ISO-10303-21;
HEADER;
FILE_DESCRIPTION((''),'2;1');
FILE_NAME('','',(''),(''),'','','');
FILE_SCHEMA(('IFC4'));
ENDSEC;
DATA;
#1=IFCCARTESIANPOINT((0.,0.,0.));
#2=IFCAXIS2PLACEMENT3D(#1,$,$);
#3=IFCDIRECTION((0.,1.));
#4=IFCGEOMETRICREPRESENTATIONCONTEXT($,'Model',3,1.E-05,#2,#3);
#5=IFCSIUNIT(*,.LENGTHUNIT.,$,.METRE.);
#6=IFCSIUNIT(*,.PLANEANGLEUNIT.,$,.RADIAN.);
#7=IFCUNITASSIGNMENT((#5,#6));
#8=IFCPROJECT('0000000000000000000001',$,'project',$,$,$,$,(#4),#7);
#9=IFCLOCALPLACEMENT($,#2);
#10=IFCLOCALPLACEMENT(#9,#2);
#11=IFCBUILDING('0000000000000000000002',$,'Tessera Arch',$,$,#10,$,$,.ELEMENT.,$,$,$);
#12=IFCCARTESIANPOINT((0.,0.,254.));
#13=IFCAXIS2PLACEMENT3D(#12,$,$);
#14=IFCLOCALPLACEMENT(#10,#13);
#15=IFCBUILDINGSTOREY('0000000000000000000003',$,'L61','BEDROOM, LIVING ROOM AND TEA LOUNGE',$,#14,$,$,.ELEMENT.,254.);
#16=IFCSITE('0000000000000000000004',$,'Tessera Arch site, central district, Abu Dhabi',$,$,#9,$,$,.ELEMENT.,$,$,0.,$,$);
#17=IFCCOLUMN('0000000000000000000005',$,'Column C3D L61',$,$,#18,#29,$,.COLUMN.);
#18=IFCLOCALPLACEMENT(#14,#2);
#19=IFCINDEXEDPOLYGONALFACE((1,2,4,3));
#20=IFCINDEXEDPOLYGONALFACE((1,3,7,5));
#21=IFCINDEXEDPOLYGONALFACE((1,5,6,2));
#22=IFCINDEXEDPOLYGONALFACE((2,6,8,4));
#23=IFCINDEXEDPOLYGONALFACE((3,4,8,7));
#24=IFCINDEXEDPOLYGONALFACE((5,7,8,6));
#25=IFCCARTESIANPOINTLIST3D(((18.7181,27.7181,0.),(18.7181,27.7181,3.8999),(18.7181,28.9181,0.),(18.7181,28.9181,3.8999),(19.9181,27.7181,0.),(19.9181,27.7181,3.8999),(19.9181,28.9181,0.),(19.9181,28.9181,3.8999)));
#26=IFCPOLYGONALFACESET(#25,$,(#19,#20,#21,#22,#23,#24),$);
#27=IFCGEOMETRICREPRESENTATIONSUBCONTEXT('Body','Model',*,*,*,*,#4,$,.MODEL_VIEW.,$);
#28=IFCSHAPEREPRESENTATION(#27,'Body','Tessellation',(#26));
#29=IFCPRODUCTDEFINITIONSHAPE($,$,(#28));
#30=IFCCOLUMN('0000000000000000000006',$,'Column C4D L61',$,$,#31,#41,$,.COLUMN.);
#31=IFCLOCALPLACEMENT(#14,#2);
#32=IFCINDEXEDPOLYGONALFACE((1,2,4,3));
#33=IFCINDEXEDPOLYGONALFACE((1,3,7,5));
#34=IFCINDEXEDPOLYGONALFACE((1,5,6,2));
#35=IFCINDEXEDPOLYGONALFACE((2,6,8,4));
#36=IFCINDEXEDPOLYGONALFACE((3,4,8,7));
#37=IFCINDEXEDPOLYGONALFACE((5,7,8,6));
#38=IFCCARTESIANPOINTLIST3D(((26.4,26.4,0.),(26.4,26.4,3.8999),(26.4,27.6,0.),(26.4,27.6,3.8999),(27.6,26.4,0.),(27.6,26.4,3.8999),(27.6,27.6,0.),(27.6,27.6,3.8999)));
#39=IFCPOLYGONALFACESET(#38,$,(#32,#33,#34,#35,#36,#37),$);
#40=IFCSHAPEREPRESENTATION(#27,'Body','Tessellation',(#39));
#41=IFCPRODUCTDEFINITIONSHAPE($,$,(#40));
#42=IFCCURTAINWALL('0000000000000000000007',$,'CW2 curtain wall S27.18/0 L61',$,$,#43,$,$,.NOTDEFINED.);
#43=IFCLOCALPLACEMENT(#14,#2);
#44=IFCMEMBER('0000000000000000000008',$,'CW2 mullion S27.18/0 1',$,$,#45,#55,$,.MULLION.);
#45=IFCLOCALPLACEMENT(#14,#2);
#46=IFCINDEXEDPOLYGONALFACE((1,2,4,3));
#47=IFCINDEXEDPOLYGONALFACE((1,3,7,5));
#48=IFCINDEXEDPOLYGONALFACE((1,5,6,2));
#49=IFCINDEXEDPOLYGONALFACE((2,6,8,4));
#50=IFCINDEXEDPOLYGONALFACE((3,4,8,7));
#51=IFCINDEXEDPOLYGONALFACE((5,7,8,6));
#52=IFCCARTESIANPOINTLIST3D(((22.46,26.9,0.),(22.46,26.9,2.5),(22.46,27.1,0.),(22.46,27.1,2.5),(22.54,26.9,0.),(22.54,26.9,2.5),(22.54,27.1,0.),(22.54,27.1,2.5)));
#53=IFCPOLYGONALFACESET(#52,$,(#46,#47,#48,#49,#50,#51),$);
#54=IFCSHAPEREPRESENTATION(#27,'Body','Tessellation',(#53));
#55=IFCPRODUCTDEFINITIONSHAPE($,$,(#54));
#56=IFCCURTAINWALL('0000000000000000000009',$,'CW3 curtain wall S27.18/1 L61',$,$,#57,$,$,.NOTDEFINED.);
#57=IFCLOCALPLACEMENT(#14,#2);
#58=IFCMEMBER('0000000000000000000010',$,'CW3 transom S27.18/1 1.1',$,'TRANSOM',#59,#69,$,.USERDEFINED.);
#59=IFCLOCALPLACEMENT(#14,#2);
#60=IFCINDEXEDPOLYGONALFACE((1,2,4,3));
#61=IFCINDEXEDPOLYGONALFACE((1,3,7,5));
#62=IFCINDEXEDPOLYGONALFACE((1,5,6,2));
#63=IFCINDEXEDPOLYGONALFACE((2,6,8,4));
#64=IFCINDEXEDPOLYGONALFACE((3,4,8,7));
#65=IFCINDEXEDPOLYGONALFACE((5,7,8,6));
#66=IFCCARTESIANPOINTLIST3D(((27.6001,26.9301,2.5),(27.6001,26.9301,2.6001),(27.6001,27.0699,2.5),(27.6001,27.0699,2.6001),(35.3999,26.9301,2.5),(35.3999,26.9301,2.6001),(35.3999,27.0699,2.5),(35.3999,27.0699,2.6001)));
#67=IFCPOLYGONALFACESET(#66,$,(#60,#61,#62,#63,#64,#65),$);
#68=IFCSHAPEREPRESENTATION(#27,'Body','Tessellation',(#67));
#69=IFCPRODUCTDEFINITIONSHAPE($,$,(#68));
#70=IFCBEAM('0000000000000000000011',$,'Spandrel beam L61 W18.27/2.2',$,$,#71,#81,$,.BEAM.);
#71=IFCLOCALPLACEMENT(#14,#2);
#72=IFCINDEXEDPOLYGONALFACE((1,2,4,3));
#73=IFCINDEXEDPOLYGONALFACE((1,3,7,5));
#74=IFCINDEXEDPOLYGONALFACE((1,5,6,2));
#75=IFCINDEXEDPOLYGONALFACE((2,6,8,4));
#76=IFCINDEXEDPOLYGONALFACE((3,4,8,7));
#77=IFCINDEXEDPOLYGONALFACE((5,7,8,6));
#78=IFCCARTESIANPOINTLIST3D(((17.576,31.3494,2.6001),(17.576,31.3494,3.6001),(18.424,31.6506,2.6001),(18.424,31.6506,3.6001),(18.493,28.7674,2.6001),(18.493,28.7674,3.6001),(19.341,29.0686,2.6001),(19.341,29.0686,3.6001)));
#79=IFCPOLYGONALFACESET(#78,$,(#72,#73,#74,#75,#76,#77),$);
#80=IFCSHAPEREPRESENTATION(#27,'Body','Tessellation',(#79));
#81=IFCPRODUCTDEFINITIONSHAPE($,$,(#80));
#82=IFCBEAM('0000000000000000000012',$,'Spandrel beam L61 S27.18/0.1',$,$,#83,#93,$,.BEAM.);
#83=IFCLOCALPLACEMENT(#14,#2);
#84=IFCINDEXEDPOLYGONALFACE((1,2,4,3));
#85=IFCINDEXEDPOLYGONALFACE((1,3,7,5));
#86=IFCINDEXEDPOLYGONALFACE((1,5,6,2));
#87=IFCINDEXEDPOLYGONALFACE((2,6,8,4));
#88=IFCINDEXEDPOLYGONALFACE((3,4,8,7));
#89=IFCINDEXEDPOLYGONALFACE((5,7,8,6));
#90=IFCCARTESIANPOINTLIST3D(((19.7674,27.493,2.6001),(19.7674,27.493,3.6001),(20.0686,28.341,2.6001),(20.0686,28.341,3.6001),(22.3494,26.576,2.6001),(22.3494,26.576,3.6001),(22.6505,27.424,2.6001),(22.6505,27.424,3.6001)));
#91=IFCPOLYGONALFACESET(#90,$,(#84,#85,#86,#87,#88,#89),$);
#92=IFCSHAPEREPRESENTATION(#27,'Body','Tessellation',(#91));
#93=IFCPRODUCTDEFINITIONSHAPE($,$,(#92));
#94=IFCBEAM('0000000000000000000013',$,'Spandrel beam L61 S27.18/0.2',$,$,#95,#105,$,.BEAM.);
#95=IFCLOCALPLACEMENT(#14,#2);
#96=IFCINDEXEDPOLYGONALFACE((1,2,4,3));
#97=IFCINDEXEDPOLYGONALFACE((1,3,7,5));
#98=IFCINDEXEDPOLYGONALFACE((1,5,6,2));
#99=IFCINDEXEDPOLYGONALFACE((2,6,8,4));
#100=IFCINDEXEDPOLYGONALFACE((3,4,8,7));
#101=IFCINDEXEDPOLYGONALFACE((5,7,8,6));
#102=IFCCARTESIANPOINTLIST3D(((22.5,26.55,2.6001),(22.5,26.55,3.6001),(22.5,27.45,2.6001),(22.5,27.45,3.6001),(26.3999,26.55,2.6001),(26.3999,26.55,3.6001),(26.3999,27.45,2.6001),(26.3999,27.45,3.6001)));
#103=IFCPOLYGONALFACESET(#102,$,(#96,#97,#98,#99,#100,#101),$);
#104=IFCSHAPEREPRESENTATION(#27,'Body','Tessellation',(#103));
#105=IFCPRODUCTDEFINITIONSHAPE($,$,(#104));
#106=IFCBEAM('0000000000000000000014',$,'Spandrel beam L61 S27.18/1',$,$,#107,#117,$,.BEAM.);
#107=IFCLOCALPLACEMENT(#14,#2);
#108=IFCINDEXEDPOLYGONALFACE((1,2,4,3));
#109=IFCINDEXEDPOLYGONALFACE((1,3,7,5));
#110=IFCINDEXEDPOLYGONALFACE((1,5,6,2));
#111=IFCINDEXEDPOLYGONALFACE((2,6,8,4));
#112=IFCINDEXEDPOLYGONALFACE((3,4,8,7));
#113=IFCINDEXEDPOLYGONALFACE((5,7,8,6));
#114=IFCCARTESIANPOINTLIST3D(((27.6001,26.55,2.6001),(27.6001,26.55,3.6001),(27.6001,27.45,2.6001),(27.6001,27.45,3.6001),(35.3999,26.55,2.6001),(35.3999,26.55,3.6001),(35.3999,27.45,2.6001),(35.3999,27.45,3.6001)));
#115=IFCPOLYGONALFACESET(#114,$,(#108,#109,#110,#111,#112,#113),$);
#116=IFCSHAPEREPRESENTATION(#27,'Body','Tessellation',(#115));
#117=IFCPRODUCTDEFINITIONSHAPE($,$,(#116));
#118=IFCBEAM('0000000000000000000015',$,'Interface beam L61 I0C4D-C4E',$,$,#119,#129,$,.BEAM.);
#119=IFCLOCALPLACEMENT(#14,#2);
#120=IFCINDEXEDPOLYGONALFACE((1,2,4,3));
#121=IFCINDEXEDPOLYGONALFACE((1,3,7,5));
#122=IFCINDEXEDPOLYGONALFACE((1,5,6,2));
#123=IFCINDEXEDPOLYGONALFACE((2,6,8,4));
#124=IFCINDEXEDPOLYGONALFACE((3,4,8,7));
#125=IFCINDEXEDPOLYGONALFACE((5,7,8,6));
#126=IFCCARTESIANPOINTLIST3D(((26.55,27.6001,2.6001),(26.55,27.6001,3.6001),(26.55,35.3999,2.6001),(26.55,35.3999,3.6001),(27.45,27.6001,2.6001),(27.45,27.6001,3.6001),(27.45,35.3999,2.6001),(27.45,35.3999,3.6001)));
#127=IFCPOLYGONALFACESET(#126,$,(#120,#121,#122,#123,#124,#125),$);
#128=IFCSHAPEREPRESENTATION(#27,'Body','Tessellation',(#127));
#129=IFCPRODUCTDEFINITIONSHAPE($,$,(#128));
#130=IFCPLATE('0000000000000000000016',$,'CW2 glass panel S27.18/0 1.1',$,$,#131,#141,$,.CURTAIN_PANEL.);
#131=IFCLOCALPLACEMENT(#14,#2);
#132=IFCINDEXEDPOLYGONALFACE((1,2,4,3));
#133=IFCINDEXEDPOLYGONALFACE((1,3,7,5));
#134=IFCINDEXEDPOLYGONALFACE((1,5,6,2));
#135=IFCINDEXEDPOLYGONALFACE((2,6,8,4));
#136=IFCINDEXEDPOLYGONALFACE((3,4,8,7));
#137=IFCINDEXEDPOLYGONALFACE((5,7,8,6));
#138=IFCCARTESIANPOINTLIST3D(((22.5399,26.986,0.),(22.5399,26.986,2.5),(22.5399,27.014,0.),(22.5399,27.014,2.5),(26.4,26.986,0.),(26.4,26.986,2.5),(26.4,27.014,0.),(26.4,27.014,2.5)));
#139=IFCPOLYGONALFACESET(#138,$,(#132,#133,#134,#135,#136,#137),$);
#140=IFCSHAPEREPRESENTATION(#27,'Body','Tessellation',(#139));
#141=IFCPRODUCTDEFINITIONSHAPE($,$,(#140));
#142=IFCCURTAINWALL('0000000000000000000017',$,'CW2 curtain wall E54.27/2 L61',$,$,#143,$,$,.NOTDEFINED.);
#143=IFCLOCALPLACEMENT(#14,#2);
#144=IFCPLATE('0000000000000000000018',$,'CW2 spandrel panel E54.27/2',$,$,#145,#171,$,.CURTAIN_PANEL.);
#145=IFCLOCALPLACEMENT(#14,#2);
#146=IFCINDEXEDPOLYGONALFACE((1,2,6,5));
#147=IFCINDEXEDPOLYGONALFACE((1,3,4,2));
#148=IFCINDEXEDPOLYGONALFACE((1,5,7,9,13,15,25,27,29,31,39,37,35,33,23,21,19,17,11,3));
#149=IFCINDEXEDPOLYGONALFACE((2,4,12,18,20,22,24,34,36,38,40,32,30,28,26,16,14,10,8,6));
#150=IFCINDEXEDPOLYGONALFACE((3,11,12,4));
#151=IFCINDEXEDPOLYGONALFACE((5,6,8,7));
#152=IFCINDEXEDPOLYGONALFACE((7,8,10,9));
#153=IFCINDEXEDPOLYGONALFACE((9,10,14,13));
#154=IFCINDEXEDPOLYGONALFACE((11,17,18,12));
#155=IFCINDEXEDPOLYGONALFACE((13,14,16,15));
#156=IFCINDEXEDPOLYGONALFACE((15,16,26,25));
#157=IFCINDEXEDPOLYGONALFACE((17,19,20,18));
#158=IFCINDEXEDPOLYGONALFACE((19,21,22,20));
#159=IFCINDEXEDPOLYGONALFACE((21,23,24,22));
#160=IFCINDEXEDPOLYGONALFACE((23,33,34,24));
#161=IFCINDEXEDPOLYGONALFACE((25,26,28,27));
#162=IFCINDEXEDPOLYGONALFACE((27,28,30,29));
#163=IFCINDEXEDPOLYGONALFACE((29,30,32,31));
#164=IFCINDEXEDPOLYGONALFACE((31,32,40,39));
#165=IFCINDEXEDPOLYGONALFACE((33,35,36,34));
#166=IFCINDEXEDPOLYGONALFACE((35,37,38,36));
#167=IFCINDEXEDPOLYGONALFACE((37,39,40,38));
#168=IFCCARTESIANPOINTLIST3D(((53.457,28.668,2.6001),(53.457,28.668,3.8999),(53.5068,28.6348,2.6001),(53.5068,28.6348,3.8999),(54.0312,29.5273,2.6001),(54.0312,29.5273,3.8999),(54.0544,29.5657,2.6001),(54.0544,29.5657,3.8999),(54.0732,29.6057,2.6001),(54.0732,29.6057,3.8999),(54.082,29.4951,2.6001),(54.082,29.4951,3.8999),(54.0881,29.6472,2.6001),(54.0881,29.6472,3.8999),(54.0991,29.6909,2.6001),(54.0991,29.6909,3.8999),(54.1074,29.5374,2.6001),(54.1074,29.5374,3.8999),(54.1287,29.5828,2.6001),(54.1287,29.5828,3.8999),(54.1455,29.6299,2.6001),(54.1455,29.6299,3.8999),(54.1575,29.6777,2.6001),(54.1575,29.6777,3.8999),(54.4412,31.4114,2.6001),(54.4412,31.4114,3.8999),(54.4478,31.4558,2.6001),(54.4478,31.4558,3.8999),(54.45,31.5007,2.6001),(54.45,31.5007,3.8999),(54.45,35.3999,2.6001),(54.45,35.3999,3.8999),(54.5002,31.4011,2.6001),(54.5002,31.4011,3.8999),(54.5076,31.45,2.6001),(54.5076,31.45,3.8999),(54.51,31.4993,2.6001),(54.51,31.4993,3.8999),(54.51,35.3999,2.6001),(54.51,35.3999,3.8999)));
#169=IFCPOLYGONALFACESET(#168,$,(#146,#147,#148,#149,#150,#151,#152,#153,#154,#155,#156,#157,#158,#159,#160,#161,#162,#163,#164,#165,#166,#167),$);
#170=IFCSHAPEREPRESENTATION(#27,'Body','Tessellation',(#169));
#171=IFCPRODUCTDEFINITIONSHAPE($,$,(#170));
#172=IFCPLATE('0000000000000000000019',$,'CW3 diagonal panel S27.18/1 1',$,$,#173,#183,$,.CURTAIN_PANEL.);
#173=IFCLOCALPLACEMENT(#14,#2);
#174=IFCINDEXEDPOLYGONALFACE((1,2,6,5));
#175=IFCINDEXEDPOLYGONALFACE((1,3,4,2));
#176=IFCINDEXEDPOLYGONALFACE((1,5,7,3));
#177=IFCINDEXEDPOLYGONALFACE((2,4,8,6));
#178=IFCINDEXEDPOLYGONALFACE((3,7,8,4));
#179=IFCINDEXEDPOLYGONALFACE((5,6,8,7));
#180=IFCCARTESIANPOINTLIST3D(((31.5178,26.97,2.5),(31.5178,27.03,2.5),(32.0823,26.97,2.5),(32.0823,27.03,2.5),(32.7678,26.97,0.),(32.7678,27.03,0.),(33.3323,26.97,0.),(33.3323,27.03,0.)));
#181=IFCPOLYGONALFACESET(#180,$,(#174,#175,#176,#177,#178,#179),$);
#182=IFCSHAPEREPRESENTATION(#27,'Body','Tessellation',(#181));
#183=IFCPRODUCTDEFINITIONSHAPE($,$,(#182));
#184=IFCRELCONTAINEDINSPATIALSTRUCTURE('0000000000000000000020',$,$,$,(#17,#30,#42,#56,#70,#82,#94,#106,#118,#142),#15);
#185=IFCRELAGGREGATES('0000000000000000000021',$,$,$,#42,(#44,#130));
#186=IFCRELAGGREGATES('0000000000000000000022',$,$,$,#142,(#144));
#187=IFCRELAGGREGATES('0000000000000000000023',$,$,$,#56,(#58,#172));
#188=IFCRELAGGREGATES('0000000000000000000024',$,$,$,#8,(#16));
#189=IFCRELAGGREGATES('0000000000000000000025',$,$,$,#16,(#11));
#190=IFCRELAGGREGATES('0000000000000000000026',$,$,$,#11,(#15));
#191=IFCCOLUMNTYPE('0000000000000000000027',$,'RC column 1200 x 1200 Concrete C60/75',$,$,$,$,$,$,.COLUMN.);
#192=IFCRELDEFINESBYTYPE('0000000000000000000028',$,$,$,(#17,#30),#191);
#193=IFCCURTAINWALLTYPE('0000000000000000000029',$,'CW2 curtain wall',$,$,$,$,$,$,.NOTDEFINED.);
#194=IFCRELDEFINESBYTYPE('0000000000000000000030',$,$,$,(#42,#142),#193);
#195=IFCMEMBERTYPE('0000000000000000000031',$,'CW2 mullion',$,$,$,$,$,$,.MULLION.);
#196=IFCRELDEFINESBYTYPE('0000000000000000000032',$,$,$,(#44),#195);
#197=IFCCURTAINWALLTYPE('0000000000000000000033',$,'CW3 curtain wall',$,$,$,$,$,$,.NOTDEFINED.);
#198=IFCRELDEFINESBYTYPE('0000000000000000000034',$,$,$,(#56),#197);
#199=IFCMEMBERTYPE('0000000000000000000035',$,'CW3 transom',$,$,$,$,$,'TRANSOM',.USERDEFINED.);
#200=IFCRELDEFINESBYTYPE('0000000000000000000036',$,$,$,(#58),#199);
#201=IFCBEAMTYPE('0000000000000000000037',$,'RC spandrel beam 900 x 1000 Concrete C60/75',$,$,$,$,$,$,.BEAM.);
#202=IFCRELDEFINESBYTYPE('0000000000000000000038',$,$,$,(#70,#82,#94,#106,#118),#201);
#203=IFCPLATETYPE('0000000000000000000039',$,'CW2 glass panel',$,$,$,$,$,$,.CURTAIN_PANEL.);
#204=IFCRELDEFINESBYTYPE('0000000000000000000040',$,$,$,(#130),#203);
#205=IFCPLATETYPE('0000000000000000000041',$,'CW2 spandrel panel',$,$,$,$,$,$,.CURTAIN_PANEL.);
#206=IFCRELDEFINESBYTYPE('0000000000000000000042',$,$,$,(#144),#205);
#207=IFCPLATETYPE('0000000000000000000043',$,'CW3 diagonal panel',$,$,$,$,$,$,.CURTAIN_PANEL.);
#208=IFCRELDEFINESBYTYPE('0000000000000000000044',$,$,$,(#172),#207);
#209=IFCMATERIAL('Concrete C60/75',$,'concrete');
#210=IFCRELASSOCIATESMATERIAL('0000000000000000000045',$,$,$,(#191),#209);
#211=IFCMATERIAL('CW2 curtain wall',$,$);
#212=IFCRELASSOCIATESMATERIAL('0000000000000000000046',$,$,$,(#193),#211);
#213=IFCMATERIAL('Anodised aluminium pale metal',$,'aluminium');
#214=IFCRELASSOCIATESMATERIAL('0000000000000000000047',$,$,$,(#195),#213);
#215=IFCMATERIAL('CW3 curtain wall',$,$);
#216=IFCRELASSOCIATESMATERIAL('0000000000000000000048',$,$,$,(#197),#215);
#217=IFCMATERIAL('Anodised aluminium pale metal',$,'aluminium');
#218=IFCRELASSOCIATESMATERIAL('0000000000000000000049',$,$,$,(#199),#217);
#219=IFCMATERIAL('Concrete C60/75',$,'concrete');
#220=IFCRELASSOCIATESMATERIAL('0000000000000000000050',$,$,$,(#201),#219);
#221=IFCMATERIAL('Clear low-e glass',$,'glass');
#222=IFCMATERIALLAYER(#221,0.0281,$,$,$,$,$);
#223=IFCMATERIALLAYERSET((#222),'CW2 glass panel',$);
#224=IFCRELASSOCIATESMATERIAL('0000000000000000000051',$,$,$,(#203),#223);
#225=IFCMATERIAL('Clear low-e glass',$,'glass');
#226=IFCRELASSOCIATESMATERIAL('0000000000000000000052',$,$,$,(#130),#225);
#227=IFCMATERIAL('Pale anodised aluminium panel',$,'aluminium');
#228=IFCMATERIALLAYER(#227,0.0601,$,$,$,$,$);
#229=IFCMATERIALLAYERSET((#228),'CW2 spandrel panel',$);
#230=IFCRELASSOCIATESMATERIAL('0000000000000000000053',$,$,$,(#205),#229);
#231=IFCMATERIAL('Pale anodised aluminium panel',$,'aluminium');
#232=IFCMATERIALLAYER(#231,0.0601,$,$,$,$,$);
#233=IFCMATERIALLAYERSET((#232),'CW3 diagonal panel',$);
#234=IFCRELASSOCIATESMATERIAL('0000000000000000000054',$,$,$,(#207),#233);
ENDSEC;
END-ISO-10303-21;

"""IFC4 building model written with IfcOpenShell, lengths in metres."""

from ifc_helpers import new_model, si_unit, direction, frame, origin, origin_2d, place, context, subcontext, project, spatial, polyline, rectangle, outline, extrude, material, layer, layer_set, material_profile, profile_set, type_object, element, aggregate, save


model = new_model("IFC4")

# Units and contexts
model_context = context("Model", 3, precision=1e-05, world=origin(), true_north=direction((0.0, 1.0)))
body_context = subcontext(model_context, "Body", "Model", "MODEL_VIEW")
ifc_project = project(units=[si_unit("LENGTHUNIT", "METRE"), si_unit("PLANEANGLEUNIT", "RADIAN")], contexts=[model_context])

# Site, building, storey
site_placement = place(None, origin())
site = spatial("IfcSite", under=ifc_project, at=site_placement, Name="Tessera Arch site, central district, Abu Dhabi", CompositionType="ELEMENT", RefElevation=0.0)
building_placement = place(site_placement, origin())
building = spatial("IfcBuilding", under=site, at=building_placement, Name="Tessera Arch", CompositionType="ELEMENT")
storey_placement = place(building_placement, frame((0.0, 0.0, 254.0)))
storey = spatial("IfcBuildingStorey", under=building, at=storey_placement, Name="L61", Description="BEDROOM, LIVING ROOM AND TEA LOUNGE", CompositionType="ELEMENT", Elevation=254.0)

# Columns
ifc_material_1 = material(Name="Concrete C60/75", Category="concrete")
ifc_material_profile_1 = material_profile(ifc_material_1, rectangle(XDim=1.2, YDim=1.2, at=origin_2d()), Name="RC column 1200 x 1200 Concrete C60/75")
ifc_profile_set_1 = profile_set([ifc_material_profile_1], Name="Concrete C60/75")
column_type = type_object("IfcColumnType", Name="RC column 1200 x 1200 Concrete C60/75", PredefinedType="COLUMN", material=ifc_profile_set_1)
for number, where, z_axis, x_axis, name in (
    (1, (19.3181, 28.3181, 0.0), (0.0, 0.0, 1.0), (1.0, 0.0, 0.0), "Column C3D L61"),
    (2, (27.0, 27.0, 0.0), (0.0, 0.0, 1.0), (1.0, 0.0, 0.0), "Column C4D L61"),
):
    element("IfcColumn", number, at=place(storey_placement, frame(where, z_axis=z_axis, x_axis=x_axis)), inside=storey, type_object=column_type, Name=name, PredefinedType="COLUMN", context=body_context, shape_type="SweptSolid", body=[
        extrude(rectangle(XDim=1.2, YDim=1.2, at=origin_2d()), origin(), (0.0, 0.0, 1.0), 3.8999),
    ])

# Curtain walls, members
ifc_material_2 = material(Name="CW2 curtain wall")
curtain_wall_type_1 = type_object("IfcCurtainWallType", Name="CW2 curtain wall", PredefinedType="NOTDEFINED", material=ifc_material_2)
curtain_wall_1_placement = place(storey_placement, origin())
curtain_wall_1 = element("IfcCurtainWall", 3, at=curtain_wall_1_placement, inside=storey, type_object=curtain_wall_type_1, Name="CW2 curtain wall S27.18/0 L61", PredefinedType="NOTDEFINED")
ifc_material_3 = material(Name="Anodised aluminium pale metal", Category="aluminium")
ifc_material_profile_2 = material_profile(ifc_material_3, rectangle(XDim=0.2, YDim=0.0801, at=origin_2d()), Name="AL 80x200")
ifc_profile_set_2 = profile_set([ifc_material_profile_2], Name="Anodised aluminium pale metal")
member_type_1 = type_object("IfcMemberType", Name="CW2 mullion", PredefinedType="MULLION", material=ifc_profile_set_2)
member_1_placement = place(storey_placement, frame((22.5, 27.0, 0.0), z_axis=(0.0, 0.0, 1.0), x_axis=(0.0, 1.0, 0.0)))
member_1 = element("IfcMember", 4, at=member_1_placement, type_object=member_type_1, Name="CW2 mullion S27.18/0 1", PredefinedType="MULLION", context=body_context, shape_type="SweptSolid", body=[
    extrude(rectangle(XDim=0.2, YDim=0.0801, at=origin_2d()), origin(), (0.0, 0.0, 1.0), 2.5),
])
ifc_material_4 = material(Name="CW3 curtain wall")
curtain_wall_type_2 = type_object("IfcCurtainWallType", Name="CW3 curtain wall", PredefinedType="NOTDEFINED", material=ifc_material_4)
curtain_wall_2_placement = place(storey_placement, origin())
curtain_wall_2 = element("IfcCurtainWall", 5, at=curtain_wall_2_placement, inside=storey, type_object=curtain_wall_type_2, Name="CW3 curtain wall S27.18/1 L61", PredefinedType="NOTDEFINED")
ifc_material_5 = material(Name="Anodised aluminium pale metal", Category="aluminium")
ifc_material_profile_3 = material_profile(ifc_material_5, rectangle(XDim=0.1399, YDim=0.1001, at=origin_2d()), Name="AL 140x100")
ifc_profile_set_3 = profile_set([ifc_material_profile_3], Name="Anodised aluminium pale metal")
member_type_2 = type_object("IfcMemberType", Name="CW3 transom", ElementType="TRANSOM", PredefinedType="USERDEFINED", material=ifc_profile_set_3)
member_2_placement = place(storey_placement, frame((27.6001, 27.0, 2.55), z_axis=(1.0, 0.0, 0.0), x_axis=(0.0, 1.0, 0.0)))
member_2 = element("IfcMember", 6, at=member_2_placement, type_object=member_type_2, Name="CW3 transom S27.18/1 1.1", ObjectType="TRANSOM", PredefinedType="USERDEFINED", context=body_context, shape_type="SweptSolid", body=[
    extrude(rectangle(XDim=0.1399, YDim=0.1001, at=origin_2d()), origin(), (0.0, 0.0, 1.0), 7.7998),
])

# Beams
ifc_material_6 = material(Name="Concrete C60/75", Category="concrete")
ifc_material_profile_4 = material_profile(ifc_material_6, rectangle(XDim=0.8999, YDim=1.0, at=origin_2d()), Name="RC spandrel beam 900 x 1000 Concrete C60/75")
ifc_profile_set_4 = profile_set([ifc_material_profile_4], Name="Concrete C60/75")
beam_type = type_object("IfcBeamType", Name="RC spandrel beam 900 x 1000 Concrete C60/75", PredefinedType="BEAM", material=ifc_profile_set_4)
for number, where, z_axis, x_axis, name in (
    (7, (18.0, 31.5, 3.1001), (0.334665, -0.942337, 0.0), (0.942337, 0.334665, 0.0), "Spandrel beam L61 W18.27/2.2"),
    (8, (19.918, 27.917, 3.1001), (0.942337, -0.334665, 0.0), (0.334665, 0.942337, 0.0), "Spandrel beam L61 S27.18/0.1"),
):
    element("IfcBeam", number, at=place(storey_placement, frame(where, z_axis=z_axis, x_axis=x_axis)), inside=storey, type_object=beam_type, Name=name, PredefinedType="BEAM", context=body_context, shape_type="SweptSolid", body=[
        extrude(rectangle(XDim=0.8999, YDim=1.0, at=origin_2d()), origin(), (0.0, 0.0, 1.0), 2.74),
    ])
beam_placement = place(storey_placement, frame((22.5, 27.0, 3.1001), z_axis=(1.0, 0.0, 0.0), x_axis=(0.0, 1.0, 0.0)))
element("IfcBeam", 9, at=beam_placement, inside=storey, type_object=beam_type, Name="Spandrel beam L61 S27.18/0.2", PredefinedType="BEAM", context=body_context, shape_type="SweptSolid", body=[
    extrude(rectangle(XDim=0.8999, YDim=1.0, at=origin_2d()), origin(), (0.0, 0.0, 1.0), 3.8999),
])
for number, where, z_axis, x_axis, name in (
    (10, (27.6001, 27.0, 3.1001), (1.0, 0.0, 0.0), (0.0, 1.0, 0.0), "Spandrel beam L61 S27.18/1"),
    (11, (27.0, 27.6001, 3.1001), (0.0, 1.0, 0.0), (-1.0, 0.0, 0.0), "Interface beam L61 I0C4D-C4E"),
):
    element("IfcBeam", number, at=place(storey_placement, frame(where, z_axis=z_axis, x_axis=x_axis)), inside=storey, type_object=beam_type, Name=name, PredefinedType="BEAM", context=body_context, shape_type="SweptSolid", body=[
        extrude(rectangle(XDim=0.8999, YDim=1.0, at=origin_2d()), origin(), (0.0, 0.0, 1.0), 7.7998),
    ])

# Plate
ifc_material_7 = material(Name="Clear low-e glass", Category="glass")
ifc_material_8 = material(Name="Clear low-e glass", Category="glass")
ifc_layer_1 = layer(ifc_material_8, 0.0281)
ifc_layer_set_1 = layer_set([ifc_layer_1], Name="CW2 glass panel")
plate_type_1 = type_object("IfcPlateType", Name="CW2 glass panel", PredefinedType="CURTAIN_PANEL", material=ifc_layer_set_1)
plate_1_placement = place(storey_placement, frame((24.47, 27.0, 0.0), z_axis=(0.0, 0.0, 1.0), x_axis=(1.0, 0.0, 0.0)))
plate_1 = element("IfcPlate", 12, at=plate_1_placement, type_object=plate_type_1, material=ifc_material_7, Name="CW2 glass panel S27.18/0 1.1", PredefinedType="CURTAIN_PANEL", context=body_context, shape_type="SweptSolid", body=[
    extrude(rectangle(XDim=3.8601, YDim=0.0281, at=origin_2d()), origin(), (0.0, 0.0, 1.0), 2.5),
])
aggregate(curtain_wall_1, [member_1, plate_1])

# Curtain wall, plate
curtain_wall_3_placement = place(storey_placement, origin())
curtain_wall_3 = element("IfcCurtainWall", 13, at=curtain_wall_3_placement, inside=storey, type_object=curtain_wall_type_1, Name="CW2 curtain wall E54.27/2 L61", PredefinedType="NOTDEFINED")
ifc_material_9 = material(Name="Pale anodised aluminium panel", Category="aluminium")
ifc_layer_2 = layer(ifc_material_9, 0.0601)
ifc_layer_set_2 = layer_set([ifc_layer_2], Name="CW2 spandrel panel")
plate_type_2 = type_object("IfcPlateType", Name="CW2 spandrel panel", PredefinedType="CURTAIN_PANEL", material=ifc_layer_set_2)
plate_2_placement = place(storey_placement, frame((0.0, 0.0, 2.6001)))
plate_2 = element("IfcPlate", 14, at=plate_2_placement, type_object=plate_type_2, Name="CW2 spandrel panel E54.27/2", PredefinedType="CURTAIN_PANEL", context=body_context, shape_type="SweptSolid", body=[
    extrude(outline(polyline([(54.0312, 29.5273), (53.457, 28.668), (53.5068, 28.6348), (54.082, 29.4951), (54.1074, 29.5374), (54.1287, 29.5828), (54.1455, 29.6299), (54.1575, 29.6777), (54.5002, 31.4011), (54.5076, 31.45), (54.51, 31.4993), (54.51, 35.3999), (54.45, 35.3999), (54.45, 31.5007), (54.4478, 31.4558), (54.4412, 31.4114), (54.0991, 29.6909), (54.0881, 29.6472), (54.0732, 29.6057), (54.0544, 29.5657), (54.0312, 29.5273)])), origin(), (0.0, 0.0, 1.0), 1.2998),
])
aggregate(curtain_wall_3, [plate_2])

# Plate
ifc_material_10 = material(Name="Pale anodised aluminium panel", Category="aluminium")
ifc_layer_3 = layer(ifc_material_10, 0.0601)
ifc_layer_set_3 = layer_set([ifc_layer_3], Name="CW3 diagonal panel")
plate_type_3 = type_object("IfcPlateType", Name="CW3 diagonal panel", PredefinedType="CURTAIN_PANEL", material=ifc_layer_set_3)
plate_3_placement = place(storey_placement, frame((32.0823, 26.97, 2.5), z_axis=(0.0, -1.0, 0.0), x_axis=(-1.0, 0.0, 0.0)))
plate_3 = element("IfcPlate", 15, at=plate_3_placement, type_object=plate_type_3, Name="CW3 diagonal panel S27.18/1 1", PredefinedType="CURTAIN_PANEL", context=body_context, shape_type="SweptSolid", body=[
    extrude(outline(polyline([(0.0, 0.0), (0.5645, 0.0), (-0.6855, 2.5), (-1.25, 2.5), (0.0, 0.0)])), origin(), (0.0, 0.0, -1.0), 0.0601),
])
aggregate(curtain_wall_2, [member_2, plate_3])

save(model, "model.ifc")
